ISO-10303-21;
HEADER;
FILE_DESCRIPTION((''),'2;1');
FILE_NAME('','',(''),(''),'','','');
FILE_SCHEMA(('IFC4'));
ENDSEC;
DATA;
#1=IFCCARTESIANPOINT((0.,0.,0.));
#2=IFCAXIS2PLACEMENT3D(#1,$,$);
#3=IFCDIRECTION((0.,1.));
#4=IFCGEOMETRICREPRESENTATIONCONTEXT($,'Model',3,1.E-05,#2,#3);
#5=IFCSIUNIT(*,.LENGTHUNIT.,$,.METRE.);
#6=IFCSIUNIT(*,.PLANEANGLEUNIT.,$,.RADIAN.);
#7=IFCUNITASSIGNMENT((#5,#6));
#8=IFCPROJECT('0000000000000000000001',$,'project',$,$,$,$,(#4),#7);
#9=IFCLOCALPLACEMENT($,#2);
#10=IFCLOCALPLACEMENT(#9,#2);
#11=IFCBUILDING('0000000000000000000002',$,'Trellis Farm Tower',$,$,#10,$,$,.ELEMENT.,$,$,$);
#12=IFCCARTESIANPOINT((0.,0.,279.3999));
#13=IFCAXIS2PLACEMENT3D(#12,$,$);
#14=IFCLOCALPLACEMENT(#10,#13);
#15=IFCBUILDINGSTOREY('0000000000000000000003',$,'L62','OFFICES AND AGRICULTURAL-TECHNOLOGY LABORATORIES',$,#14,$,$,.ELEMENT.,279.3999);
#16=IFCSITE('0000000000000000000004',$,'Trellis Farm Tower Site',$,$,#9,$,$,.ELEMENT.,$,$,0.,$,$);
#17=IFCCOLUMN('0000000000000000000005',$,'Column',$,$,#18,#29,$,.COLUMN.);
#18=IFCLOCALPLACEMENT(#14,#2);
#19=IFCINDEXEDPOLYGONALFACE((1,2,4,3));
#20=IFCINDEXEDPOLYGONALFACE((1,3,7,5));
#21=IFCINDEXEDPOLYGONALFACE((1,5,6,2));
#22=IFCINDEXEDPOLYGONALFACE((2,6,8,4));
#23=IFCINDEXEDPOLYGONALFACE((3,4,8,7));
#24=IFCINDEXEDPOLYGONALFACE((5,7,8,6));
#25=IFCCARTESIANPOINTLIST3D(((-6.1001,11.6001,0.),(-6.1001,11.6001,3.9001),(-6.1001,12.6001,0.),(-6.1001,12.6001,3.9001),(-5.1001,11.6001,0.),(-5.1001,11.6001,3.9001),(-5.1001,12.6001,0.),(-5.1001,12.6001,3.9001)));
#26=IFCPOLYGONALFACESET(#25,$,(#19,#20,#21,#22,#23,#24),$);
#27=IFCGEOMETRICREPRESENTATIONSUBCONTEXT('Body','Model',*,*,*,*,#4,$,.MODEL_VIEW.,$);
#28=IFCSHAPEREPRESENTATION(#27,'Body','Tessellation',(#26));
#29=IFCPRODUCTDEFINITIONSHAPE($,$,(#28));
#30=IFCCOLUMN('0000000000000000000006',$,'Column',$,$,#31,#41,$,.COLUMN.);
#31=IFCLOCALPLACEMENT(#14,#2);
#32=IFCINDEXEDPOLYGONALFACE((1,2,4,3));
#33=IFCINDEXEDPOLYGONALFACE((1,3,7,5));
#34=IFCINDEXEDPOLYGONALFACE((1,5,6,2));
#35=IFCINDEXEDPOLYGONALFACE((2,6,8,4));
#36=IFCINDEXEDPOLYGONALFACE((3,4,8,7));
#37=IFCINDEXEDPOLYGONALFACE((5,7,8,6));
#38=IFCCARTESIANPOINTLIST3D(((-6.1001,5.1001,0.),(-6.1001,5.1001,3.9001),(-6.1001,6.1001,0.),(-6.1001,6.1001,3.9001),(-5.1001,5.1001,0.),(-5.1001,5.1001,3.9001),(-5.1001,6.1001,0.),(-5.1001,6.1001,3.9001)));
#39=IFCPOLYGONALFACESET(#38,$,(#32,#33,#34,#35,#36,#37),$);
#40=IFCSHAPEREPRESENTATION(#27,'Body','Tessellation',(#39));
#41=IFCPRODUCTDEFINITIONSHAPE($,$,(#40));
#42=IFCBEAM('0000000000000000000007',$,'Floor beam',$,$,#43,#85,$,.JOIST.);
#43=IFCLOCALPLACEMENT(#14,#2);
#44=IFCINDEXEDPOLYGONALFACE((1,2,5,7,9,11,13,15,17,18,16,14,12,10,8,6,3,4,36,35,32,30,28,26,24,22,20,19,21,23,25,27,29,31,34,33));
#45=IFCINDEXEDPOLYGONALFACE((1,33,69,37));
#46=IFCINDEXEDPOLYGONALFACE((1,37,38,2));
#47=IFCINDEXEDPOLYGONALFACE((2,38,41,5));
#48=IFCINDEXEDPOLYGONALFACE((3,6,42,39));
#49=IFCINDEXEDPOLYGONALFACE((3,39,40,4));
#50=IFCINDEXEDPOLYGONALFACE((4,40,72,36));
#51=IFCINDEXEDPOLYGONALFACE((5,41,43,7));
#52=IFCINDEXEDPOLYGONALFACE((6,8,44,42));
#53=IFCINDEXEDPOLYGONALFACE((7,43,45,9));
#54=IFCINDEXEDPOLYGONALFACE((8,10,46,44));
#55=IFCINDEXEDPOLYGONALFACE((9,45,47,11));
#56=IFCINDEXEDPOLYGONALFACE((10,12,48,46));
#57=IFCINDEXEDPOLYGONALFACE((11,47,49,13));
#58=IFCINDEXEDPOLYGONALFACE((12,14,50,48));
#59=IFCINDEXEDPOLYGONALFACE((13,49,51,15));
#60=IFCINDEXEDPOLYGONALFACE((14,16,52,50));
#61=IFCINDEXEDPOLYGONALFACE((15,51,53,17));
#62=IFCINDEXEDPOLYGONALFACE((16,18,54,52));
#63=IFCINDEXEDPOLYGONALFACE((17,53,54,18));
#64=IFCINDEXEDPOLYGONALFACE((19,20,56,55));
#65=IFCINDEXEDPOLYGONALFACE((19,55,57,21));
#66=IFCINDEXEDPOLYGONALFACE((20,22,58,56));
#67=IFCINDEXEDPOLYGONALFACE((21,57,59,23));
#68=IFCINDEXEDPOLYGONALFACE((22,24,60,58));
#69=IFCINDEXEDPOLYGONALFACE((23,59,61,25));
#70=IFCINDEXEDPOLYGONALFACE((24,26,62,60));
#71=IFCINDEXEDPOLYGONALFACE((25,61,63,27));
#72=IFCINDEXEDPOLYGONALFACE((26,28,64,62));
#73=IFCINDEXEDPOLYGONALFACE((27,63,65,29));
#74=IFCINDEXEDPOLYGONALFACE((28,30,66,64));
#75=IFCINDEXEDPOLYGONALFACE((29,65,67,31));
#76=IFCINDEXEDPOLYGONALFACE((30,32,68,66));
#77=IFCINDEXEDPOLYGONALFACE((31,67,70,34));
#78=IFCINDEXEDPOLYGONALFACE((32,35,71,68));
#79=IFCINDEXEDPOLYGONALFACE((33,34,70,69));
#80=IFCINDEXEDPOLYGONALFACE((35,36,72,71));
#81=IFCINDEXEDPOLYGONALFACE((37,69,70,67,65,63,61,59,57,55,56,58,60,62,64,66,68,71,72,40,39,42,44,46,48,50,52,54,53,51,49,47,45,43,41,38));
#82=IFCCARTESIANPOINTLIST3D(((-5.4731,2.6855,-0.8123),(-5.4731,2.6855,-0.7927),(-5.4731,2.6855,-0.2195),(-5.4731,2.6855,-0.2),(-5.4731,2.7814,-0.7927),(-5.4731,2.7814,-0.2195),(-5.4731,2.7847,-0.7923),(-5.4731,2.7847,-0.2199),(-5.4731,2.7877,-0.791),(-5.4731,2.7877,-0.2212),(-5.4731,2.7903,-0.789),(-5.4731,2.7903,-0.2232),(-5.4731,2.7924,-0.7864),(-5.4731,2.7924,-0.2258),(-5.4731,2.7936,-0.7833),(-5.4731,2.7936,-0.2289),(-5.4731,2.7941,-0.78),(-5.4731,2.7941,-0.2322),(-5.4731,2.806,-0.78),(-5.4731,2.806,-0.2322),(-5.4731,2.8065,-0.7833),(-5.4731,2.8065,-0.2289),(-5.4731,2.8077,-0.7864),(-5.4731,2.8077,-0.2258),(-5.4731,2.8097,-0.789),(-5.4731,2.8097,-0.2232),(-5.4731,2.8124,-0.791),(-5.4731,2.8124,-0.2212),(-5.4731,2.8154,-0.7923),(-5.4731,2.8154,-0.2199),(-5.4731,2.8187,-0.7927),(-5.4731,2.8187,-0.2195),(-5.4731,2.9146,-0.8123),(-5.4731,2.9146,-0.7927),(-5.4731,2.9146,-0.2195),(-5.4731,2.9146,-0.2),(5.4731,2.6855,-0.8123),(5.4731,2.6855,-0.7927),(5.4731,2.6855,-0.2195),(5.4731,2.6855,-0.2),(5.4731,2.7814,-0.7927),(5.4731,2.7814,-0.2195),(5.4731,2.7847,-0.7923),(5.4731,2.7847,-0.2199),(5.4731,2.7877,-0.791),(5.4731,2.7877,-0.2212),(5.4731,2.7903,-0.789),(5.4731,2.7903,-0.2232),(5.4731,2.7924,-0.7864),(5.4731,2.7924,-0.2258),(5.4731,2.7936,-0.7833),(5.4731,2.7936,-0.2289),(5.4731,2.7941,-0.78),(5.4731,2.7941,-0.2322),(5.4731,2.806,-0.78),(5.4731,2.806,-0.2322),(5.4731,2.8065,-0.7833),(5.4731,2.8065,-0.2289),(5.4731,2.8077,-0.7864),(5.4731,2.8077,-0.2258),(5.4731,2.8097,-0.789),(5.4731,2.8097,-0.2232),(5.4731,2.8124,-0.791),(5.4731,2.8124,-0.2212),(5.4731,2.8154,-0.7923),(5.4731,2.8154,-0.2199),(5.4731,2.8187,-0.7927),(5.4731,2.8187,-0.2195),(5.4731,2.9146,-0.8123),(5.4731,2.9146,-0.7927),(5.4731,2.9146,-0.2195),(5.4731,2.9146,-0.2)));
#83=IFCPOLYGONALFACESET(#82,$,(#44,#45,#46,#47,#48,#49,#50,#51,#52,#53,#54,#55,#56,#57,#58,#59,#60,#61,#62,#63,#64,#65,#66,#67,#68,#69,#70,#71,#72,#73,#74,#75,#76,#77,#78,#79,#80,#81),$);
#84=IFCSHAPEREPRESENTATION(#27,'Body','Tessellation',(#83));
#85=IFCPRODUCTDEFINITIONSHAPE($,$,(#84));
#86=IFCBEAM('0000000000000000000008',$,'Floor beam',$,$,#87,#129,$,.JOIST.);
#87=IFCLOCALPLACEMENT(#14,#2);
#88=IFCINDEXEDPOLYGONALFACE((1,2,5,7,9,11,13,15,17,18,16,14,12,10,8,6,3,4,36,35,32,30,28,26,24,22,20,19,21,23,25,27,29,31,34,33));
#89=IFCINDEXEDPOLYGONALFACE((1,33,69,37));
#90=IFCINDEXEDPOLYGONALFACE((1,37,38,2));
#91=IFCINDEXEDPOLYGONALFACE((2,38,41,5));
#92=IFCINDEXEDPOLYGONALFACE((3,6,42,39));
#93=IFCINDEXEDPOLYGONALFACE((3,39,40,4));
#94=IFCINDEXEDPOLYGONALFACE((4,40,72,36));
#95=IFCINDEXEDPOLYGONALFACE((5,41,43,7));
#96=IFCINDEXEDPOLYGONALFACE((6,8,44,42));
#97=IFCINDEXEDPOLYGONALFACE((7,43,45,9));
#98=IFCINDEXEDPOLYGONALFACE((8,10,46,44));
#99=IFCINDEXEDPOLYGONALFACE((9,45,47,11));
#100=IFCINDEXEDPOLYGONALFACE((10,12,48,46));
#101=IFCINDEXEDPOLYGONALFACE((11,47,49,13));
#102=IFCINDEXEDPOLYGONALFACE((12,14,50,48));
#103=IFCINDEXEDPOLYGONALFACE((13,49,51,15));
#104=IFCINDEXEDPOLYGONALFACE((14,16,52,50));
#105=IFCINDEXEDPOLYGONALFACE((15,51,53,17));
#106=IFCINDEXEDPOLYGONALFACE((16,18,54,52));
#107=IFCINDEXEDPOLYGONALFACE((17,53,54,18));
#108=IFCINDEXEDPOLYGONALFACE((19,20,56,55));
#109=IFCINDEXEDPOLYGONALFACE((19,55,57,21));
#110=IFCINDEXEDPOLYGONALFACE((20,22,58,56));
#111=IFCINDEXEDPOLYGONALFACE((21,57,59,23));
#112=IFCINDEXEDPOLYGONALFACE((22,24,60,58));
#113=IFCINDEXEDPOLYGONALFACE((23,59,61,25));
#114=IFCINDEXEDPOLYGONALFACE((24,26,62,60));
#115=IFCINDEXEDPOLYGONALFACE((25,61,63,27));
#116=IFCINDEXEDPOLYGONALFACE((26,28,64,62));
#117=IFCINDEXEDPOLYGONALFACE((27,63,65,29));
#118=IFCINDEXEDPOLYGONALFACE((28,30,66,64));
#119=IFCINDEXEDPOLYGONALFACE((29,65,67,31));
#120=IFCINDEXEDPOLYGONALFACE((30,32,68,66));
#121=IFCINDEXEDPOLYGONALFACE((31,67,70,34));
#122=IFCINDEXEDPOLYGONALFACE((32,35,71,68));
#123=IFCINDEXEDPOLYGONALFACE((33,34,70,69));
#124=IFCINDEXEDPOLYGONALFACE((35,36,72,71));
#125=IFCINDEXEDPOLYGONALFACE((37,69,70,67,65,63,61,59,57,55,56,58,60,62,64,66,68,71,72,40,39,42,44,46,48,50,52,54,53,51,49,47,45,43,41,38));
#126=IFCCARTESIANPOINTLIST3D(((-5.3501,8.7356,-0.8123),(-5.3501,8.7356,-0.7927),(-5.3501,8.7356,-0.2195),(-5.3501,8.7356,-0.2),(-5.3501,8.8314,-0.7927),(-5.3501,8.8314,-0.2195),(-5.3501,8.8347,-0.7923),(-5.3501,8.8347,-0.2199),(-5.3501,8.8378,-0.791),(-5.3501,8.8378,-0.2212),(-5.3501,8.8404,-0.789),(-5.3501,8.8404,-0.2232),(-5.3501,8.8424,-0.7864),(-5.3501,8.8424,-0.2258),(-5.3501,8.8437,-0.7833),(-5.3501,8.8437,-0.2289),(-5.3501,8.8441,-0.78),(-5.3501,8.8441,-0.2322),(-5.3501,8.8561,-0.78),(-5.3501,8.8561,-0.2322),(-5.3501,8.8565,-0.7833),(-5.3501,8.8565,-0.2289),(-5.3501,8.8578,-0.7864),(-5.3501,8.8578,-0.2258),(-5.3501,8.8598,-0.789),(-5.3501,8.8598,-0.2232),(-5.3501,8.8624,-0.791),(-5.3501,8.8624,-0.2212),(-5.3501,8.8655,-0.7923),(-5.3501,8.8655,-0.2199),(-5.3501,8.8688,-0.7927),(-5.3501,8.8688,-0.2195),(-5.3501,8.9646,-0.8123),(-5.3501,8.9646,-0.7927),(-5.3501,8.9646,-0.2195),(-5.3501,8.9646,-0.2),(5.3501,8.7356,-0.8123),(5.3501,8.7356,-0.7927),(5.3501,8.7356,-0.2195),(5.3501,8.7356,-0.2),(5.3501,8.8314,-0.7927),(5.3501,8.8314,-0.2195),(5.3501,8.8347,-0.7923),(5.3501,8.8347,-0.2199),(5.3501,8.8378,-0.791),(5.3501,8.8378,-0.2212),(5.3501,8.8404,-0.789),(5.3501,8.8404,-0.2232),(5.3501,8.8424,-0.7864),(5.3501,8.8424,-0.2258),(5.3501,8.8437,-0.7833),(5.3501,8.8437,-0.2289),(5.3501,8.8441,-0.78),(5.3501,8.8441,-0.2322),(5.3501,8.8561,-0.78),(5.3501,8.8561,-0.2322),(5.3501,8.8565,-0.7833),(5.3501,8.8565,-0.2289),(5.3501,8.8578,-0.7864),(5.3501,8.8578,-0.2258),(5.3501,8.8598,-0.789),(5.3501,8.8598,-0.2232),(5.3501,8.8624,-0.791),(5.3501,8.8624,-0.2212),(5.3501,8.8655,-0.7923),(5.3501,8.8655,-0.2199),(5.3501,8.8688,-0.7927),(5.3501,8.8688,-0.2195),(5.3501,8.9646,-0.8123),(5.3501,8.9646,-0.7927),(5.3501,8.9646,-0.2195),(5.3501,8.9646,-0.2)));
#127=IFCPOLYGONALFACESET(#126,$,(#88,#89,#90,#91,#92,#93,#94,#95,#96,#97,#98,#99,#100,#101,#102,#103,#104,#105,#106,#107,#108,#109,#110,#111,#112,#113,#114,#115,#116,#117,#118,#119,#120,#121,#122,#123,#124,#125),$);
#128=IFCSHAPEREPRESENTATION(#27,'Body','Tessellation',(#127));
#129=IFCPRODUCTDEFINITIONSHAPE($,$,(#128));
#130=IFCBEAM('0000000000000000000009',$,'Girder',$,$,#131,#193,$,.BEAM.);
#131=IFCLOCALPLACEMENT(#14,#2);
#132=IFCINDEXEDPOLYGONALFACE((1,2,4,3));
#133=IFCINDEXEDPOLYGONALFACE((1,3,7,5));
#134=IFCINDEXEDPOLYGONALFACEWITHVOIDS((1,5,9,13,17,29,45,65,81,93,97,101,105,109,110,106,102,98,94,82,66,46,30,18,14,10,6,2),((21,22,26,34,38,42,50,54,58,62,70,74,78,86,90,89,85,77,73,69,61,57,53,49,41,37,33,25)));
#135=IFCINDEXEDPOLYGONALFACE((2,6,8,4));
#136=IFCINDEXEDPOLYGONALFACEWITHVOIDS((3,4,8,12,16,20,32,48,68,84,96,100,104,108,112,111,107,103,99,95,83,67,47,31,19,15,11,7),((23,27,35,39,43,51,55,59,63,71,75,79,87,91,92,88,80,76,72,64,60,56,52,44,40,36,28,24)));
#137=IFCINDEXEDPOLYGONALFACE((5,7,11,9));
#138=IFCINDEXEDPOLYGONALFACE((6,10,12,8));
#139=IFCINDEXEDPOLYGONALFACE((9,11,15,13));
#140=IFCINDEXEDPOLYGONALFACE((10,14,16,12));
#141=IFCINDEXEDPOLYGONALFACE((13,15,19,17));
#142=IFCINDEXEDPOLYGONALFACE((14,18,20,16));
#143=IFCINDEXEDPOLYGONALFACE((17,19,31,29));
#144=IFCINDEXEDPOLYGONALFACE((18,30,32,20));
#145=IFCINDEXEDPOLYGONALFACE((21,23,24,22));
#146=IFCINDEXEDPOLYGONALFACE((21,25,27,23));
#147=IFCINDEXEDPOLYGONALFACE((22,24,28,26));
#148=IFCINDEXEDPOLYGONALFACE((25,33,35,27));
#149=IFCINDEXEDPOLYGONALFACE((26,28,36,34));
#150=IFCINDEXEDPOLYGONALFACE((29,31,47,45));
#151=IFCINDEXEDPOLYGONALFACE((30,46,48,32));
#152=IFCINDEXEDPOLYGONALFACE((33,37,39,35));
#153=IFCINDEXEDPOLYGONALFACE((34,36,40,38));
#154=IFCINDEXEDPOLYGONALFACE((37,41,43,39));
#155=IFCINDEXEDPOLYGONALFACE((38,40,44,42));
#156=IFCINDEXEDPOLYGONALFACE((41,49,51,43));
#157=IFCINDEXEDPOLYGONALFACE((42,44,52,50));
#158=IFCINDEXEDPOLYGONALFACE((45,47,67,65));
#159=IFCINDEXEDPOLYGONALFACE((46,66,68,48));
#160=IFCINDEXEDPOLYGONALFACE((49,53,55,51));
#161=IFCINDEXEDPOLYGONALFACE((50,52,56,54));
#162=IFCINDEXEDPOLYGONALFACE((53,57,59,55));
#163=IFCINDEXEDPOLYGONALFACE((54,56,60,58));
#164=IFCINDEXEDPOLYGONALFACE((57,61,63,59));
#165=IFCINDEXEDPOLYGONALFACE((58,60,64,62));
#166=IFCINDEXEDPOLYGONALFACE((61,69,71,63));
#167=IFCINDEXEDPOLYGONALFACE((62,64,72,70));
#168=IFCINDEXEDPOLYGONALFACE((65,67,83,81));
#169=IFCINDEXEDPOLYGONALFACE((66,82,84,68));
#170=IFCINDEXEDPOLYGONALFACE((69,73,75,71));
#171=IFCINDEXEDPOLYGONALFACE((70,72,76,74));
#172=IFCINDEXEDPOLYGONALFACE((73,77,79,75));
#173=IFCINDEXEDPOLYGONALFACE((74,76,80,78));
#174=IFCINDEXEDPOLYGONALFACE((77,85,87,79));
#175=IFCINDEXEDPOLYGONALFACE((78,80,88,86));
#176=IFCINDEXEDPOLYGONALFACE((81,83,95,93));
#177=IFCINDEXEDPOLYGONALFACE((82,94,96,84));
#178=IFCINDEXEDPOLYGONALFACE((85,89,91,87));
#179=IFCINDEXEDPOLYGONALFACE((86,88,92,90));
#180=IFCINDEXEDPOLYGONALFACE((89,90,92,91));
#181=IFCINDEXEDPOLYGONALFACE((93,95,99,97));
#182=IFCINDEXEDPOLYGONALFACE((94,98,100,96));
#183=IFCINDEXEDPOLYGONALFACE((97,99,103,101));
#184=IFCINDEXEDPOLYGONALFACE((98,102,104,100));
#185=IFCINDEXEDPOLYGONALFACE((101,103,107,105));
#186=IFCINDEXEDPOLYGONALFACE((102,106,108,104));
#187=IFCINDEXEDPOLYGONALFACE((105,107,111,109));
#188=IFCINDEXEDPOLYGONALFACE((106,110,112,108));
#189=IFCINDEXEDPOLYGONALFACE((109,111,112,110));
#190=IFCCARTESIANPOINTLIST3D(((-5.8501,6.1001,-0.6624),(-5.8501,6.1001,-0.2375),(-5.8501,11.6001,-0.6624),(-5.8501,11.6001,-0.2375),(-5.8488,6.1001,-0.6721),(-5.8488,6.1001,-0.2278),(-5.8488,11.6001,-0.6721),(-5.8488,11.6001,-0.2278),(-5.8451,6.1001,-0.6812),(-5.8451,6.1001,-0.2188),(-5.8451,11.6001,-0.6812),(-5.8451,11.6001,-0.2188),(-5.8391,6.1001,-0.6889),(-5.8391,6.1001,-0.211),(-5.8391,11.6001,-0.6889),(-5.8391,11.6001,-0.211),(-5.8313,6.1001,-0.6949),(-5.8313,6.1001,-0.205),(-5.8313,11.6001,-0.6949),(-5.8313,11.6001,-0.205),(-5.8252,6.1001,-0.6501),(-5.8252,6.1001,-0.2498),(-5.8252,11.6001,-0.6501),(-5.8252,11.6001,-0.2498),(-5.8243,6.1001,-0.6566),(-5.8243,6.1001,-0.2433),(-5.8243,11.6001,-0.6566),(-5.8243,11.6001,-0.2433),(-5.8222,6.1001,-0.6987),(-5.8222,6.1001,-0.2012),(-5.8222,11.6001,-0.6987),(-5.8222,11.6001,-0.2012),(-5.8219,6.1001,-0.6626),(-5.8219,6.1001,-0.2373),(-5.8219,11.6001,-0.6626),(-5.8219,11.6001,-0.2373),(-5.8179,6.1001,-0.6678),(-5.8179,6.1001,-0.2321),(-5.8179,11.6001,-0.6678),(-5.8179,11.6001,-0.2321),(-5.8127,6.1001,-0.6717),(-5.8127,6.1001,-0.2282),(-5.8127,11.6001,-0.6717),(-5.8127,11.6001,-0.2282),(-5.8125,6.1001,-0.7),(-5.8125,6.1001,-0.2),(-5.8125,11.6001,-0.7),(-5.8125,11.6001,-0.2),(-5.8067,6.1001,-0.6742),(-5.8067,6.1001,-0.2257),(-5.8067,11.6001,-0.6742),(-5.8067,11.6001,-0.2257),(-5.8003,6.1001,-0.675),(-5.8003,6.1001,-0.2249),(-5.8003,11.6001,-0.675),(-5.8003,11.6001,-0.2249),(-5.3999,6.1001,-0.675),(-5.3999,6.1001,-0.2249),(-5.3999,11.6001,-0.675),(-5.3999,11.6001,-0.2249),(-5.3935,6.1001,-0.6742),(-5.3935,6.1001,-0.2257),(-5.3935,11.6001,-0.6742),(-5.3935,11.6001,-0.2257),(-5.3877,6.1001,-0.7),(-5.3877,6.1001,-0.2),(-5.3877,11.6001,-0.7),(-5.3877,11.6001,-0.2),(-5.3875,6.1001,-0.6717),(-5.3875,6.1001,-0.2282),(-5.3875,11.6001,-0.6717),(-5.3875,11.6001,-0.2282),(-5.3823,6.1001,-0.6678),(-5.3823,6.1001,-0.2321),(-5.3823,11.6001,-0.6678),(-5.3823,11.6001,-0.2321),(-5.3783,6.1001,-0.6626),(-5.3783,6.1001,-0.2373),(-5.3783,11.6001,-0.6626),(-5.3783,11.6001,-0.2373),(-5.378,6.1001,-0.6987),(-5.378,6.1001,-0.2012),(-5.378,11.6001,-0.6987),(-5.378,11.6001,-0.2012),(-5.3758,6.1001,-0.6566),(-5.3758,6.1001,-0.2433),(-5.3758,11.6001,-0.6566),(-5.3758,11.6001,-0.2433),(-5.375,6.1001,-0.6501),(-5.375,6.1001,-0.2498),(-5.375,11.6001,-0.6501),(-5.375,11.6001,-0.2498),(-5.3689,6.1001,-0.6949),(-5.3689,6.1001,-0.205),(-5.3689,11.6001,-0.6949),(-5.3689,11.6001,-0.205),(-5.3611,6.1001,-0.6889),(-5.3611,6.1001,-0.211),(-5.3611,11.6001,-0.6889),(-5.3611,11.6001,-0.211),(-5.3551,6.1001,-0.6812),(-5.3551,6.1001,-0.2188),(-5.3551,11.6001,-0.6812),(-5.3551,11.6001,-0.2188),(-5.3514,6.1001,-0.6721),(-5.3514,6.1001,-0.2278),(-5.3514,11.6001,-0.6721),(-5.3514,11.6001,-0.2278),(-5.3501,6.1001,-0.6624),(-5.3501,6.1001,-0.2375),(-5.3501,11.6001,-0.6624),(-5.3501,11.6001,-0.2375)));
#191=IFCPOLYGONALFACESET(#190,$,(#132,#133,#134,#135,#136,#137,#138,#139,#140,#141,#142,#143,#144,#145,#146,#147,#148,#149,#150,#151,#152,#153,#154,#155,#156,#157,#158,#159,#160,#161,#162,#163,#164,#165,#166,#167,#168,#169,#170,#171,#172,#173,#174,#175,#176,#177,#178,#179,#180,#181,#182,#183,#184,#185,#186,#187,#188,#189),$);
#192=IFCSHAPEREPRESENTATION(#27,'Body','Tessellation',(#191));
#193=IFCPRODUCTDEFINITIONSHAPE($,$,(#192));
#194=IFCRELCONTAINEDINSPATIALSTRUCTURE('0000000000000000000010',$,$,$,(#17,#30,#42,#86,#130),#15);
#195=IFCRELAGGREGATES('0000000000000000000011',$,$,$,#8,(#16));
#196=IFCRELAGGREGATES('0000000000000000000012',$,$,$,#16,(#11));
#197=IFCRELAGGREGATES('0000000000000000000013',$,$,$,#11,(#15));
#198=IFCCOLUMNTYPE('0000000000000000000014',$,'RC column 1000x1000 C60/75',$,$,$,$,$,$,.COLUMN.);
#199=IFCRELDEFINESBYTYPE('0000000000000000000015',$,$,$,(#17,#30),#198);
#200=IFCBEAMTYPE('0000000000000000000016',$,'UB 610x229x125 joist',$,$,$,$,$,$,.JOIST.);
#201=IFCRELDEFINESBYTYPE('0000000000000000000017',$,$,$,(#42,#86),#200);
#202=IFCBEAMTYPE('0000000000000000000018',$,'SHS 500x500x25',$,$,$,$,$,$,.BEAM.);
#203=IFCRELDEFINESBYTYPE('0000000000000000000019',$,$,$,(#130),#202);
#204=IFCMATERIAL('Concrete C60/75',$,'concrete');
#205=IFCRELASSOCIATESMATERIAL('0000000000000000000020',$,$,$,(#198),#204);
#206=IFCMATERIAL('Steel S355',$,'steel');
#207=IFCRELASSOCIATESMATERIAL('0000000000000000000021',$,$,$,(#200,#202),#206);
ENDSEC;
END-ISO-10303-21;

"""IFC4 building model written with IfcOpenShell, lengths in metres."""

from ifc_helpers import new_model, si_unit, direction, frame, origin, origin_2d, place, context, subcontext, project, spatial, rectangle, hollow_rectangle, i_section, extrude, source, transform, mapped, material, material_profile, profile_set, type_object, element, save


model = new_model("IFC4")

# Units and contexts
model_context = context("Model", 3, precision=1e-05, world=origin(), true_north=direction((0.0, 1.0)))
body_context = subcontext(model_context, "Body", "Model", "MODEL_VIEW")
ifc_project = project(units=[si_unit("LENGTHUNIT", "METRE"), si_unit("PLANEANGLEUNIT", "RADIAN")], contexts=[model_context])

# Site, building, storey
site_placement = place(None, origin())
site = spatial("IfcSite", under=ifc_project, at=site_placement, Name="Trellis Farm Tower Site", CompositionType="ELEMENT", RefElevation=0.0)
building_placement = place(site_placement, origin())
building = spatial("IfcBuilding", under=site, at=building_placement, Name="Trellis Farm Tower", CompositionType="ELEMENT")
storey_placement = place(building_placement, frame((0.0, 0.0, 279.3999)))
storey = spatial("IfcBuildingStorey", under=building, at=storey_placement, Name="L62", Description="OFFICES AND AGRICULTURAL-TECHNOLOGY LABORATORIES", CompositionType="ELEMENT", Elevation=279.3999)

# Columns
ifc_material_1 = material(Name="Concrete C60/75", Category="concrete")
ifc_material_profile_1 = material_profile(ifc_material_1, rectangle(XDim=1.0, YDim=1.0, at=origin_2d()), Name="RC column 1000x1000 C60/75")
ifc_profile_set_1 = profile_set([ifc_material_profile_1], Name="Concrete C60/75")
column_type = type_object("IfcColumnType", Name="RC column 1000x1000 C60/75", PredefinedType="COLUMN", material=ifc_profile_set_1)
shared_shape_1 = source(origin(), body_context, "Body", "SweptSolid", [
    extrude(rectangle(XDim=1.0, YDim=1.0, at=origin_2d()), origin(), (0.0, 0.0, 1.0), 3.9001),
])
for number, where, z_axis, x_axis, name in (
    (1, (-5.6001, 12.1001, 0.0), (0.0, 0.0, 1.0), (1.0, 0.0, 0.0), "Column"),
    (2, (-5.6001, 5.6001, 0.0), (0.0, 0.0, 1.0), (1.0, 0.0, 0.0), "Column"),
):
    element("IfcColumn", number, at=place(storey_placement, frame(where, z_axis=z_axis, x_axis=x_axis)), inside=storey, type_object=column_type, Name=name, PredefinedType="COLUMN", context=body_context, shape_type="MappedRepresentation", body=[
        mapped(shared_shape_1, transform((0.0, 0.0, 0.0))),
    ])

# Beams
ifc_material_2 = material(Name="Steel S355", Category="steel")
ifc_material_profile_2 = material_profile(ifc_material_2, i_section(OverallWidth=0.229, OverallDepth=0.6123, WebThickness=0.012, FlangeThickness=0.0195, FilletRadius=0.0127, at=origin_2d()), Name="UB 610x229x125")
ifc_profile_set_2 = profile_set([ifc_material_profile_2], Name="Steel S355")
beam_type_1 = type_object("IfcBeamType", Name="UB 610x229x125 joist", PredefinedType="JOIST", material=ifc_profile_set_2)
shared_shape_2 = source(origin(), body_context, "Body", "SweptSolid", [
    extrude(i_section(OverallWidth=0.229, OverallDepth=0.6123, WebThickness=0.012, FlangeThickness=0.0195, FilletRadius=0.0127, at=origin_2d()), origin(), (0.0, 0.0, 1.0), 10.9463),
])
beam_1_placement = place(storey_placement, frame((-5.4731, 2.8, -0.5061), z_axis=(1.0, 0.0, 0.0), x_axis=(0.0, 1.0, 0.0)))
element("IfcBeam", 3, at=beam_1_placement, inside=storey, type_object=beam_type_1, Name="Floor beam", PredefinedType="JOIST", context=body_context, shape_type="MappedRepresentation", body=[
    mapped(shared_shape_2, transform((0.0, 0.0, 0.0))),
])
shared_shape_3 = source(origin(), body_context, "Body", "SweptSolid", [
    extrude(i_section(OverallWidth=0.229, OverallDepth=0.6123, WebThickness=0.012, FlangeThickness=0.0195, FilletRadius=0.0127, at=origin_2d()), origin(), (0.0, 0.0, 1.0), 10.7002),
])
beam_2_placement = place(storey_placement, frame((-5.3501, 8.8501, -0.5061), z_axis=(1.0, 0.0, 0.0), x_axis=(0.0, 1.0, 0.0)))
element("IfcBeam", 4, at=beam_2_placement, inside=storey, type_object=beam_type_1, Name="Floor beam", PredefinedType="JOIST", context=body_context, shape_type="MappedRepresentation", body=[
    mapped(shared_shape_3, transform((0.0, 0.0, 0.0))),
])
ifc_material_profile_3 = material_profile(ifc_material_2, hollow_rectangle(XDim=0.5, YDim=0.5, WallThickness=0.0249, InnerFilletRadius=0.0249, OuterFilletRadius=0.0376, at=origin_2d()), Name="SHS 500x500x25")
ifc_profile_set_3 = profile_set([ifc_material_profile_3], Name="Steel S355")
beam_type_2 = type_object("IfcBeamType", Name="SHS 500x500x25", PredefinedType="BEAM", material=ifc_profile_set_3)
shared_shape_4 = source(origin(), body_context, "Body", "SweptSolid", [
    extrude(hollow_rectangle(XDim=0.5, YDim=0.5, WallThickness=0.0249, InnerFilletRadius=0.0249, OuterFilletRadius=0.0376, at=origin_2d()), origin(), (0.0, 0.0, 1.0), 5.5),
])
beam_3_placement = place(storey_placement, frame((-5.6001, 6.1001, -0.45), z_axis=(0.0, 1.0, 0.0), x_axis=(-1.0, 0.0, 0.0)))
element("IfcBeam", 5, at=beam_3_placement, inside=storey, type_object=beam_type_2, Name="Girder", PredefinedType="BEAM", context=body_context, shape_type="MappedRepresentation", body=[
    mapped(shared_shape_4, transform((0.0, 0.0, 0.0))),
])

save(model, "model.ifc")
